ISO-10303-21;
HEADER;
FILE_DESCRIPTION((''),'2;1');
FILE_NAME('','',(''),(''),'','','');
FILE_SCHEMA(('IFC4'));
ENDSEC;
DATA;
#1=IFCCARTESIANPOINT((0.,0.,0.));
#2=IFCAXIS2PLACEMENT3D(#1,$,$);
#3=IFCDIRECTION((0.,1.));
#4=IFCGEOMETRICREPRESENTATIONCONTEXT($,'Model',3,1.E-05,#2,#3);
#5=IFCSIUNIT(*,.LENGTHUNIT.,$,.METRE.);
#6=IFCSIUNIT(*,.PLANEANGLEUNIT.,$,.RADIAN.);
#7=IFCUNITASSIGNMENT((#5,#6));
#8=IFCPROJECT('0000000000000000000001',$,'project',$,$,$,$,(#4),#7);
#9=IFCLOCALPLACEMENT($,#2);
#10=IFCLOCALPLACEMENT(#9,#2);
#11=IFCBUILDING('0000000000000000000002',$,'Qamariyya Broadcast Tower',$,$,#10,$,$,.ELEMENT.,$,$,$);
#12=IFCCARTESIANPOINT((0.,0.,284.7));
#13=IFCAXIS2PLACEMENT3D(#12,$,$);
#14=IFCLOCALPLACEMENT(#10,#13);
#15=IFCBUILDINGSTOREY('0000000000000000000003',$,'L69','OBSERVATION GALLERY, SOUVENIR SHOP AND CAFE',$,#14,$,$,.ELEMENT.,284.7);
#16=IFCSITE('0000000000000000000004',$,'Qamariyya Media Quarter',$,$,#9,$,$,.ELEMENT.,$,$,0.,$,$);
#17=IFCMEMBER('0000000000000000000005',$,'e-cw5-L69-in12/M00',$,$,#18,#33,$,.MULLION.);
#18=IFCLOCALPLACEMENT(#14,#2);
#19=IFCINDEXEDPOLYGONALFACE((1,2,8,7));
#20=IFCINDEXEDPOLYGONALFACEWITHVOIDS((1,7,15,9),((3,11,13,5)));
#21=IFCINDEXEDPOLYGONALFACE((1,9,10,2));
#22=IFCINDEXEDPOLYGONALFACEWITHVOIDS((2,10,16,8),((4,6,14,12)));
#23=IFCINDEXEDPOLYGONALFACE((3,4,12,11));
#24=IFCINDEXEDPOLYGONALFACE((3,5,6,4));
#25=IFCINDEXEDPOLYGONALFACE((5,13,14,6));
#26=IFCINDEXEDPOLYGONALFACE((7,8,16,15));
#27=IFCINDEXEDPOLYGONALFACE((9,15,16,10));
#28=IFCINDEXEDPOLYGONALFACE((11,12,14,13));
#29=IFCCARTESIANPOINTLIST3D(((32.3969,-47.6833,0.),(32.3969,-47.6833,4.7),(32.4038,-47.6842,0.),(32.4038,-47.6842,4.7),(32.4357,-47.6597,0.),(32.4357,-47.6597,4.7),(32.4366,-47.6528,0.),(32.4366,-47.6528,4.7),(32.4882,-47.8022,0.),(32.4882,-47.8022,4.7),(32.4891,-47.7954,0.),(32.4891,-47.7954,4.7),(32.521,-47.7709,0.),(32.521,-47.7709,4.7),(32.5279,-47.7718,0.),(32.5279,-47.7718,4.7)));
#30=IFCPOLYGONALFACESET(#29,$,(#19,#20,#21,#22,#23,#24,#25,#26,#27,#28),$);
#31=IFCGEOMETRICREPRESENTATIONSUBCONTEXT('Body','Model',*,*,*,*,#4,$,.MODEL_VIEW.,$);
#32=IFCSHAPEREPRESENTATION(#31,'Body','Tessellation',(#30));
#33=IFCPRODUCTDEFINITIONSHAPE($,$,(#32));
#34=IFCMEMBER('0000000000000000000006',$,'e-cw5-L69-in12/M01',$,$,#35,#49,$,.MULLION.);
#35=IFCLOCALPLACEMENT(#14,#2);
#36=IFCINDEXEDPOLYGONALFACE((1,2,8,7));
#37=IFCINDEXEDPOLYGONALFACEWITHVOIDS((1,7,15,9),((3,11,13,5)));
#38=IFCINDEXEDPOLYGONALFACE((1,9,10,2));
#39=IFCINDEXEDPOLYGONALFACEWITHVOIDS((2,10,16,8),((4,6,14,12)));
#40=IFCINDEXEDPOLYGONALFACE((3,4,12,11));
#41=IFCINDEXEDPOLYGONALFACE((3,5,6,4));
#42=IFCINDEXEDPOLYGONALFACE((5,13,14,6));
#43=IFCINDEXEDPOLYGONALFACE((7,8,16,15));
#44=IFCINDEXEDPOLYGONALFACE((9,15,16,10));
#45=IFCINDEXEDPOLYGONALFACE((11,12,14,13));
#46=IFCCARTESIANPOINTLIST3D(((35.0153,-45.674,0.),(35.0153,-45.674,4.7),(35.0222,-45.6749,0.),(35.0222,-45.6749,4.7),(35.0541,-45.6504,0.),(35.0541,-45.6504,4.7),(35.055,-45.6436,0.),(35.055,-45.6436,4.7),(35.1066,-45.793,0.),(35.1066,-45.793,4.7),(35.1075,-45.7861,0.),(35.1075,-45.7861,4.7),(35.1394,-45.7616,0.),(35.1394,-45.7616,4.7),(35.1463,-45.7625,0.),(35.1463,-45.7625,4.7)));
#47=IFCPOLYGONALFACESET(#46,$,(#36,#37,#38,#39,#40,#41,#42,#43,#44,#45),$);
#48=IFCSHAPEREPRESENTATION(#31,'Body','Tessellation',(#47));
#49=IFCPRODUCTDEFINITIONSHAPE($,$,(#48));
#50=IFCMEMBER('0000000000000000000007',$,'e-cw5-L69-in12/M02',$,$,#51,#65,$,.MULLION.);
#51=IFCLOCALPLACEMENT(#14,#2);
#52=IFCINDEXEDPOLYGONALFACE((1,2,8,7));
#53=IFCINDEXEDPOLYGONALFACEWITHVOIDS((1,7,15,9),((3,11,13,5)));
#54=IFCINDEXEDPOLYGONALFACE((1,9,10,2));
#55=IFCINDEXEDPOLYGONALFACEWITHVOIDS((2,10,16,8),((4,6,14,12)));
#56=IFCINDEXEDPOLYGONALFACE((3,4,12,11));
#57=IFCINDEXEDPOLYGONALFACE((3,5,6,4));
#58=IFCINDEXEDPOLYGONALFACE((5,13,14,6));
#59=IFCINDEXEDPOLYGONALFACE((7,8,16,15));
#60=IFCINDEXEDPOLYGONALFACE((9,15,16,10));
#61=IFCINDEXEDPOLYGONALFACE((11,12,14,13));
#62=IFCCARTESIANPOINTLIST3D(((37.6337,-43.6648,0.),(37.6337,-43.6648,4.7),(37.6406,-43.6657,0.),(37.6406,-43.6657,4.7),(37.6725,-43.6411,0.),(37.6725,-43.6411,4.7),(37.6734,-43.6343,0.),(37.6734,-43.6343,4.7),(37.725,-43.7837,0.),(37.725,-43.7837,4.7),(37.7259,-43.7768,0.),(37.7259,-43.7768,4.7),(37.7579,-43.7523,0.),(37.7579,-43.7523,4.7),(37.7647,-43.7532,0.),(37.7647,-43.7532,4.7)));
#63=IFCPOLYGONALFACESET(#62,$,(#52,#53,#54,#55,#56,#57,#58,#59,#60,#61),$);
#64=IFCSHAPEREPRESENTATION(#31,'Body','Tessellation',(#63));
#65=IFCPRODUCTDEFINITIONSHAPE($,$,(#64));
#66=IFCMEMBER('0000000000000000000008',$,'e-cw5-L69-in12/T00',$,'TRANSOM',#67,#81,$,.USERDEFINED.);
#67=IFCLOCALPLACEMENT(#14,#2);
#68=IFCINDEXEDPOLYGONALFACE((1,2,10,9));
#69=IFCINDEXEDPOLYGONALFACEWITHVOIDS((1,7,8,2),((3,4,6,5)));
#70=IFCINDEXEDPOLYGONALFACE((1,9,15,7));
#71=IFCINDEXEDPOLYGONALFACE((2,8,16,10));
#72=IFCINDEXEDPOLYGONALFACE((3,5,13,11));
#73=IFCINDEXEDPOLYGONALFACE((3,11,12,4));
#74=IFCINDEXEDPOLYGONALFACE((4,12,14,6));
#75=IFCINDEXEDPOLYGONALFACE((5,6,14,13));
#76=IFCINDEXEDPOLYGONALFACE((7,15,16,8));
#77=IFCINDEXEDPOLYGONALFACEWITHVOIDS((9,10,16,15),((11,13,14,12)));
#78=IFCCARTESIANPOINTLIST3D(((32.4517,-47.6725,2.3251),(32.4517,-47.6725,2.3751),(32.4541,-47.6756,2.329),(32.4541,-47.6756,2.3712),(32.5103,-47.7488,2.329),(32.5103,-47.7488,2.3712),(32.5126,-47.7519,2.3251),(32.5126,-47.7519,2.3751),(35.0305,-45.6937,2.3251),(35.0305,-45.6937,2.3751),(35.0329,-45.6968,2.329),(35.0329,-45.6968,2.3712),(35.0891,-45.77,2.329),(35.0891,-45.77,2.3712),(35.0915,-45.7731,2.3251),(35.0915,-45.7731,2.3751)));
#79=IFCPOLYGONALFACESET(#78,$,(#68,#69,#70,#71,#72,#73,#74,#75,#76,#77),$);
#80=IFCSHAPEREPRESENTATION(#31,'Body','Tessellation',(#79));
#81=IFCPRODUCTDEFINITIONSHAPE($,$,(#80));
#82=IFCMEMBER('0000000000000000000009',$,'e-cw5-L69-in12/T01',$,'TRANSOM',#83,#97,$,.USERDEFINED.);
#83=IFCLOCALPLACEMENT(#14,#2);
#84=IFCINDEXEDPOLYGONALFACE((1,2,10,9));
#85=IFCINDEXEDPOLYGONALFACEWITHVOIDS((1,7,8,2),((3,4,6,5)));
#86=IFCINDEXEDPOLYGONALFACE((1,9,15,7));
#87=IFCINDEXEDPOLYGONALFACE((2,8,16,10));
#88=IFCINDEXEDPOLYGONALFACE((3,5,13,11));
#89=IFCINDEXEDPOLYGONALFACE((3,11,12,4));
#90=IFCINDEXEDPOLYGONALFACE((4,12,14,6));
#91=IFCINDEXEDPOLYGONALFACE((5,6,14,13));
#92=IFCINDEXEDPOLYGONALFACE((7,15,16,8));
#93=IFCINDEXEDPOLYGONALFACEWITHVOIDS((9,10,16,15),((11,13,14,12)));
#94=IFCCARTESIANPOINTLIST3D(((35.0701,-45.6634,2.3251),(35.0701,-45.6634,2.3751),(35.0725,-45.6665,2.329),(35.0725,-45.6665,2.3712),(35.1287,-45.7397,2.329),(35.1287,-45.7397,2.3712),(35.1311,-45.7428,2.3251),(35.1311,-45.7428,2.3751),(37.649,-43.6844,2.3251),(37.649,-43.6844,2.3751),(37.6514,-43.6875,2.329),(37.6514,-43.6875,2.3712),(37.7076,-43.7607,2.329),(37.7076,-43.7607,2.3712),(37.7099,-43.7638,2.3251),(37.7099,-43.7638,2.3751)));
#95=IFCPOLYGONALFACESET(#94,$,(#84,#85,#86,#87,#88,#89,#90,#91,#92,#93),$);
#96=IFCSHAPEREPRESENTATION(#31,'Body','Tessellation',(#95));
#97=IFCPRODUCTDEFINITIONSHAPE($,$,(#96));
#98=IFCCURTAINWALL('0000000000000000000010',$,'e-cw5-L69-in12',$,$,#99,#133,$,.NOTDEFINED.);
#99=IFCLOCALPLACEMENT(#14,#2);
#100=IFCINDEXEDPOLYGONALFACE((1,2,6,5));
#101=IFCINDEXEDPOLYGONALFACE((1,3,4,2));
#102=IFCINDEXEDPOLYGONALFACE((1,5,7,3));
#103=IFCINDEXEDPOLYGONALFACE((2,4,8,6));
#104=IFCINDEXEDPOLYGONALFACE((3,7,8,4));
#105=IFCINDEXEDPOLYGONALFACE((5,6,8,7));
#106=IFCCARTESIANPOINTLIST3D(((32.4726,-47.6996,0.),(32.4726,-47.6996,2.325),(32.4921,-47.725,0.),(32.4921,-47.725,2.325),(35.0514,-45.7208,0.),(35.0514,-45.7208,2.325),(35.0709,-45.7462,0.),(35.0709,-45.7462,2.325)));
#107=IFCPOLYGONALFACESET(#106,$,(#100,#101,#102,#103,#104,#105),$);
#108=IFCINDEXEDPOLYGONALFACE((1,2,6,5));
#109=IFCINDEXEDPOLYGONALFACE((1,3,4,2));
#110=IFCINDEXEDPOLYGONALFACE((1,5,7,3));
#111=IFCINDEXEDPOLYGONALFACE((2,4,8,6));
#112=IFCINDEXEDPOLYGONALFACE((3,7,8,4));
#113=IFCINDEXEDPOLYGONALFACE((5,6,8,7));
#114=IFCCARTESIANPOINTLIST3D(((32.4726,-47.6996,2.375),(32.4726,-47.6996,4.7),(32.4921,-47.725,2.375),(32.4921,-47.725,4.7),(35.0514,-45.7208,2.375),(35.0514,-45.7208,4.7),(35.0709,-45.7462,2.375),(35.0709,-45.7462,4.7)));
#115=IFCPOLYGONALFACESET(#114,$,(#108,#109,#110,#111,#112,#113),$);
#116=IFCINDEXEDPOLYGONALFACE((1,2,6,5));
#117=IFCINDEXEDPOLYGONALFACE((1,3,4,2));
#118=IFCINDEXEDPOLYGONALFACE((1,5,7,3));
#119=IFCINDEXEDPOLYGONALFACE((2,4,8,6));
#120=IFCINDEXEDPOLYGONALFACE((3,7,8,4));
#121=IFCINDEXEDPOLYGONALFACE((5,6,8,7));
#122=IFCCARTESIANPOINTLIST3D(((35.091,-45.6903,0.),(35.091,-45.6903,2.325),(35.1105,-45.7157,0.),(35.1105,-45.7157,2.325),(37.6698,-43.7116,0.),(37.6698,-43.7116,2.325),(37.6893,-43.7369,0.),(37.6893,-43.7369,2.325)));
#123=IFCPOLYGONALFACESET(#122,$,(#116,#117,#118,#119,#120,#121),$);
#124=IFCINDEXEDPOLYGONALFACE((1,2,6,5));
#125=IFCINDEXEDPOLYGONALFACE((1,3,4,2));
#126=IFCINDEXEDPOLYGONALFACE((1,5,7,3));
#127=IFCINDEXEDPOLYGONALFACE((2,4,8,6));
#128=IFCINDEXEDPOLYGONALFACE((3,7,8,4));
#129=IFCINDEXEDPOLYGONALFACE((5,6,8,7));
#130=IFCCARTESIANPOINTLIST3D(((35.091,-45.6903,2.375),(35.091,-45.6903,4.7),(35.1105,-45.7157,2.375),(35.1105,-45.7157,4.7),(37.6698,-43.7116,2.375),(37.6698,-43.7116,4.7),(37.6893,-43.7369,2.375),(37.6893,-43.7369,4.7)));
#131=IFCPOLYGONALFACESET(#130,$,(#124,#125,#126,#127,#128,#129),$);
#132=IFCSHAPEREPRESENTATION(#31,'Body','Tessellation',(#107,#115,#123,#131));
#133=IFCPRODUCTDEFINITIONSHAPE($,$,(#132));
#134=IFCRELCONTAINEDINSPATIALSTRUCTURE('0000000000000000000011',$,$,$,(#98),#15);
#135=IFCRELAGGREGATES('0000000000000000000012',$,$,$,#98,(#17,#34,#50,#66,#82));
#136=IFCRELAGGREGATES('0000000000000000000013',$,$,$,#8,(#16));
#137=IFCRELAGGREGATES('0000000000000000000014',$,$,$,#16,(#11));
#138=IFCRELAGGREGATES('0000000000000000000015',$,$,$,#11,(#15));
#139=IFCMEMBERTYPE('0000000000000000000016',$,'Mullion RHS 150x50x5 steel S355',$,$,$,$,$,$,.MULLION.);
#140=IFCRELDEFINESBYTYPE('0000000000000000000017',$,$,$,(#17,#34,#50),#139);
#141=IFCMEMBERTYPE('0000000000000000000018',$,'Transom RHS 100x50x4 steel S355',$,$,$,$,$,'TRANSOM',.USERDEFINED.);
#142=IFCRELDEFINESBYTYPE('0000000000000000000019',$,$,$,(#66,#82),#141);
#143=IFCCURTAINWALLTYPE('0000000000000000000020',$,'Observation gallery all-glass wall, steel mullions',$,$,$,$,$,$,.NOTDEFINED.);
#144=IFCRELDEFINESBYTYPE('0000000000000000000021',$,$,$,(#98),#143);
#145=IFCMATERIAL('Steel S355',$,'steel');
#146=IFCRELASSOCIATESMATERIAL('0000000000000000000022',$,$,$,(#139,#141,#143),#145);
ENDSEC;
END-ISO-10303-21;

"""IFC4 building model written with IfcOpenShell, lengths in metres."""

from ifc_helpers import new_model, si_unit, direction, frame, origin, origin_2d, place, context, subcontext, project, spatial, rectangle, hollow_rectangle, extrude, material, material_profile, profile_set, type_object, element, aggregate, save


model = new_model("IFC4")

# Units and contexts
model_context = context("Model", 3, precision=1e-05, world=origin(), true_north=direction((0.0, 1.0)))
body_context = subcontext(model_context, "Body", "Model", "MODEL_VIEW")
ifc_project = project(units=[si_unit("LENGTHUNIT", "METRE"), si_unit("PLANEANGLEUNIT", "RADIAN")], contexts=[model_context])

# Members
ifc_material = material(Name="Steel S355", Category="steel")
ifc_material_profile_1 = material_profile(ifc_material, hollow_rectangle(XDim=0.1499, YDim=0.05, WallThickness=0.0049, at=origin_2d()))
ifc_profile_set_1 = profile_set([ifc_material_profile_1], Name="Steel S355")
member_type_1 = type_object("IfcMemberType", Name="Mullion RHS 150x50x5 steel S355", PredefinedType="MULLION", material=ifc_profile_set_1)
site_placement = place(None, origin())
building_placement = place(site_placement, origin())
storey_placement = place(building_placement, frame((0.0, 0.0, 284.7)))
member_1_placement = place(storey_placement, frame((32.4624, -47.7275, 0.0), z_axis=(0.0, 0.0, 1.0), x_axis=(-0.608761, 0.793353, 0.0)))
member_1 = element("IfcMember", 1, at=member_1_placement, type_object=member_type_1, Name="e-cw5-L69-in12/M00", PredefinedType="MULLION", context=body_context, shape_type="SweptSolid", body=[
    extrude(hollow_rectangle(XDim=0.1499, YDim=0.05, WallThickness=0.0049, at=origin_2d()), origin(), (0.0, 0.0, 1.0), 4.7),
])
member_2_placement = place(storey_placement, frame((35.0808, -45.7183, 0.0), z_axis=(0.0, 0.0, 1.0), x_axis=(-0.608761, 0.793353, 0.0)))
member_2 = element("IfcMember", 2, at=member_2_placement, type_object=member_type_1, Name="e-cw5-L69-in12/M01", PredefinedType="MULLION", context=body_context, shape_type="SweptSolid", body=[
    extrude(hollow_rectangle(XDim=0.1499, YDim=0.05, WallThickness=0.0049, at=origin_2d()), origin(), (0.0, 0.0, 1.0), 4.7),
])
member_3_placement = place(storey_placement, frame((37.6992, -43.709, 0.0), z_axis=(0.0, 0.0, 1.0), x_axis=(-0.608761, 0.793353, 0.0)))
member_3 = element("IfcMember", 3, at=member_3_placement, type_object=member_type_1, Name="e-cw5-L69-in12/M02", PredefinedType="MULLION", context=body_context, shape_type="SweptSolid", body=[
    extrude(hollow_rectangle(XDim=0.1499, YDim=0.05, WallThickness=0.0049, at=origin_2d()), origin(), (0.0, 0.0, 1.0), 4.7),
])
ifc_material_profile_2 = material_profile(ifc_material, hollow_rectangle(XDim=0.1001, YDim=0.05, WallThickness=0.0039, at=origin_2d()))
ifc_profile_set_2 = profile_set([ifc_material_profile_2], Name="Steel S355")
member_type_2 = type_object("IfcMemberType", Name="Transom RHS 100x50x4 steel S355", ElementType="TRANSOM", PredefinedType="USERDEFINED", material=ifc_profile_set_2)
member_4_placement = place(storey_placement, frame((32.4822, -47.7122, 2.3501), z_axis=(0.793363, 0.608748, 0.0), x_axis=(-0.608748, 0.793363, 0.0)))
member_4 = element("IfcMember", 4, at=member_4_placement, type_object=member_type_2, Name="e-cw5-L69-in12/T00", ObjectType="TRANSOM", PredefinedType="USERDEFINED", context=body_context, shape_type="SweptSolid", body=[
    extrude(hollow_rectangle(XDim=0.1001, YDim=0.05, WallThickness=0.0039, at=origin_2d()), origin(), (0.0, 0.0, 1.0), 3.2505),
])
member_5_placement = place(storey_placement, frame((35.1006, -45.7031, 2.3501), z_axis=(0.793327, 0.608796, 0.0), x_axis=(-0.608796, 0.793327, 0.0)))
member_5 = element("IfcMember", 5, at=member_5_placement, type_object=member_type_2, Name="e-cw5-L69-in12/T01", ObjectType="TRANSOM", PredefinedType="USERDEFINED", context=body_context, shape_type="SweptSolid", body=[
    extrude(hollow_rectangle(XDim=0.1001, YDim=0.05, WallThickness=0.0039, at=origin_2d()), origin(), (0.0, 0.0, 1.0), 3.2507),
])

# Site, building, storey
site = spatial("IfcSite", under=ifc_project, at=site_placement, Name="Qamariyya Media Quarter", CompositionType="ELEMENT", RefElevation=0.0)
building = spatial("IfcBuilding", under=site, at=building_placement, Name="Qamariyya Broadcast Tower", CompositionType="ELEMENT")
storey = spatial("IfcBuildingStorey", under=building, at=storey_placement, Name="L69", Description="OBSERVATION GALLERY, SOUVENIR SHOP AND CAFE", CompositionType="ELEMENT", Elevation=284.7)

# Curtain wall
curtain_wall_type = type_object("IfcCurtainWallType", Name="Observation gallery all-glass wall, steel mullions", PredefinedType="NOTDEFINED", material=ifc_material)
curtain_wall_1_placement = place(storey_placement, origin())
curtain_wall_1 = element("IfcCurtainWall", 6, at=curtain_wall_1_placement, inside=storey, type_object=curtain_wall_type, Name="e-cw5-L69-in12", PredefinedType="NOTDEFINED", context=body_context, shape_type="SweptSolid", body=[
    extrude(rectangle(XDim=3.2505, YDim=0.032, at=origin_2d()), frame((33.7717, -46.7229, 0.0), x_axis=(0.793358, 0.608756, 0.0)), (0.0, 0.0, 1.0), 2.325),
    extrude(rectangle(XDim=3.2505, YDim=0.032, at=origin_2d()), frame((33.7717, -46.7229, 2.375), x_axis=(0.793358, 0.608756, 0.0)), (0.0, 0.0, 1.0), 2.325),
    extrude(rectangle(XDim=3.2505, YDim=0.032, at=origin_2d()), frame((36.3901, -44.7136, 0.0), x_axis=(0.793358, 0.608756, 0.0)), (0.0, 0.0, 1.0), 2.325),
    extrude(rectangle(XDim=3.2505, YDim=0.032, at=origin_2d()), frame((36.3901, -44.7136, 2.375), x_axis=(0.793358, 0.608756, 0.0)), (0.0, 0.0, 1.0), 2.325),
])
aggregate(curtain_wall_1, [member_1, member_2, member_3, member_4, member_5])

save(model, "model.ifc")
